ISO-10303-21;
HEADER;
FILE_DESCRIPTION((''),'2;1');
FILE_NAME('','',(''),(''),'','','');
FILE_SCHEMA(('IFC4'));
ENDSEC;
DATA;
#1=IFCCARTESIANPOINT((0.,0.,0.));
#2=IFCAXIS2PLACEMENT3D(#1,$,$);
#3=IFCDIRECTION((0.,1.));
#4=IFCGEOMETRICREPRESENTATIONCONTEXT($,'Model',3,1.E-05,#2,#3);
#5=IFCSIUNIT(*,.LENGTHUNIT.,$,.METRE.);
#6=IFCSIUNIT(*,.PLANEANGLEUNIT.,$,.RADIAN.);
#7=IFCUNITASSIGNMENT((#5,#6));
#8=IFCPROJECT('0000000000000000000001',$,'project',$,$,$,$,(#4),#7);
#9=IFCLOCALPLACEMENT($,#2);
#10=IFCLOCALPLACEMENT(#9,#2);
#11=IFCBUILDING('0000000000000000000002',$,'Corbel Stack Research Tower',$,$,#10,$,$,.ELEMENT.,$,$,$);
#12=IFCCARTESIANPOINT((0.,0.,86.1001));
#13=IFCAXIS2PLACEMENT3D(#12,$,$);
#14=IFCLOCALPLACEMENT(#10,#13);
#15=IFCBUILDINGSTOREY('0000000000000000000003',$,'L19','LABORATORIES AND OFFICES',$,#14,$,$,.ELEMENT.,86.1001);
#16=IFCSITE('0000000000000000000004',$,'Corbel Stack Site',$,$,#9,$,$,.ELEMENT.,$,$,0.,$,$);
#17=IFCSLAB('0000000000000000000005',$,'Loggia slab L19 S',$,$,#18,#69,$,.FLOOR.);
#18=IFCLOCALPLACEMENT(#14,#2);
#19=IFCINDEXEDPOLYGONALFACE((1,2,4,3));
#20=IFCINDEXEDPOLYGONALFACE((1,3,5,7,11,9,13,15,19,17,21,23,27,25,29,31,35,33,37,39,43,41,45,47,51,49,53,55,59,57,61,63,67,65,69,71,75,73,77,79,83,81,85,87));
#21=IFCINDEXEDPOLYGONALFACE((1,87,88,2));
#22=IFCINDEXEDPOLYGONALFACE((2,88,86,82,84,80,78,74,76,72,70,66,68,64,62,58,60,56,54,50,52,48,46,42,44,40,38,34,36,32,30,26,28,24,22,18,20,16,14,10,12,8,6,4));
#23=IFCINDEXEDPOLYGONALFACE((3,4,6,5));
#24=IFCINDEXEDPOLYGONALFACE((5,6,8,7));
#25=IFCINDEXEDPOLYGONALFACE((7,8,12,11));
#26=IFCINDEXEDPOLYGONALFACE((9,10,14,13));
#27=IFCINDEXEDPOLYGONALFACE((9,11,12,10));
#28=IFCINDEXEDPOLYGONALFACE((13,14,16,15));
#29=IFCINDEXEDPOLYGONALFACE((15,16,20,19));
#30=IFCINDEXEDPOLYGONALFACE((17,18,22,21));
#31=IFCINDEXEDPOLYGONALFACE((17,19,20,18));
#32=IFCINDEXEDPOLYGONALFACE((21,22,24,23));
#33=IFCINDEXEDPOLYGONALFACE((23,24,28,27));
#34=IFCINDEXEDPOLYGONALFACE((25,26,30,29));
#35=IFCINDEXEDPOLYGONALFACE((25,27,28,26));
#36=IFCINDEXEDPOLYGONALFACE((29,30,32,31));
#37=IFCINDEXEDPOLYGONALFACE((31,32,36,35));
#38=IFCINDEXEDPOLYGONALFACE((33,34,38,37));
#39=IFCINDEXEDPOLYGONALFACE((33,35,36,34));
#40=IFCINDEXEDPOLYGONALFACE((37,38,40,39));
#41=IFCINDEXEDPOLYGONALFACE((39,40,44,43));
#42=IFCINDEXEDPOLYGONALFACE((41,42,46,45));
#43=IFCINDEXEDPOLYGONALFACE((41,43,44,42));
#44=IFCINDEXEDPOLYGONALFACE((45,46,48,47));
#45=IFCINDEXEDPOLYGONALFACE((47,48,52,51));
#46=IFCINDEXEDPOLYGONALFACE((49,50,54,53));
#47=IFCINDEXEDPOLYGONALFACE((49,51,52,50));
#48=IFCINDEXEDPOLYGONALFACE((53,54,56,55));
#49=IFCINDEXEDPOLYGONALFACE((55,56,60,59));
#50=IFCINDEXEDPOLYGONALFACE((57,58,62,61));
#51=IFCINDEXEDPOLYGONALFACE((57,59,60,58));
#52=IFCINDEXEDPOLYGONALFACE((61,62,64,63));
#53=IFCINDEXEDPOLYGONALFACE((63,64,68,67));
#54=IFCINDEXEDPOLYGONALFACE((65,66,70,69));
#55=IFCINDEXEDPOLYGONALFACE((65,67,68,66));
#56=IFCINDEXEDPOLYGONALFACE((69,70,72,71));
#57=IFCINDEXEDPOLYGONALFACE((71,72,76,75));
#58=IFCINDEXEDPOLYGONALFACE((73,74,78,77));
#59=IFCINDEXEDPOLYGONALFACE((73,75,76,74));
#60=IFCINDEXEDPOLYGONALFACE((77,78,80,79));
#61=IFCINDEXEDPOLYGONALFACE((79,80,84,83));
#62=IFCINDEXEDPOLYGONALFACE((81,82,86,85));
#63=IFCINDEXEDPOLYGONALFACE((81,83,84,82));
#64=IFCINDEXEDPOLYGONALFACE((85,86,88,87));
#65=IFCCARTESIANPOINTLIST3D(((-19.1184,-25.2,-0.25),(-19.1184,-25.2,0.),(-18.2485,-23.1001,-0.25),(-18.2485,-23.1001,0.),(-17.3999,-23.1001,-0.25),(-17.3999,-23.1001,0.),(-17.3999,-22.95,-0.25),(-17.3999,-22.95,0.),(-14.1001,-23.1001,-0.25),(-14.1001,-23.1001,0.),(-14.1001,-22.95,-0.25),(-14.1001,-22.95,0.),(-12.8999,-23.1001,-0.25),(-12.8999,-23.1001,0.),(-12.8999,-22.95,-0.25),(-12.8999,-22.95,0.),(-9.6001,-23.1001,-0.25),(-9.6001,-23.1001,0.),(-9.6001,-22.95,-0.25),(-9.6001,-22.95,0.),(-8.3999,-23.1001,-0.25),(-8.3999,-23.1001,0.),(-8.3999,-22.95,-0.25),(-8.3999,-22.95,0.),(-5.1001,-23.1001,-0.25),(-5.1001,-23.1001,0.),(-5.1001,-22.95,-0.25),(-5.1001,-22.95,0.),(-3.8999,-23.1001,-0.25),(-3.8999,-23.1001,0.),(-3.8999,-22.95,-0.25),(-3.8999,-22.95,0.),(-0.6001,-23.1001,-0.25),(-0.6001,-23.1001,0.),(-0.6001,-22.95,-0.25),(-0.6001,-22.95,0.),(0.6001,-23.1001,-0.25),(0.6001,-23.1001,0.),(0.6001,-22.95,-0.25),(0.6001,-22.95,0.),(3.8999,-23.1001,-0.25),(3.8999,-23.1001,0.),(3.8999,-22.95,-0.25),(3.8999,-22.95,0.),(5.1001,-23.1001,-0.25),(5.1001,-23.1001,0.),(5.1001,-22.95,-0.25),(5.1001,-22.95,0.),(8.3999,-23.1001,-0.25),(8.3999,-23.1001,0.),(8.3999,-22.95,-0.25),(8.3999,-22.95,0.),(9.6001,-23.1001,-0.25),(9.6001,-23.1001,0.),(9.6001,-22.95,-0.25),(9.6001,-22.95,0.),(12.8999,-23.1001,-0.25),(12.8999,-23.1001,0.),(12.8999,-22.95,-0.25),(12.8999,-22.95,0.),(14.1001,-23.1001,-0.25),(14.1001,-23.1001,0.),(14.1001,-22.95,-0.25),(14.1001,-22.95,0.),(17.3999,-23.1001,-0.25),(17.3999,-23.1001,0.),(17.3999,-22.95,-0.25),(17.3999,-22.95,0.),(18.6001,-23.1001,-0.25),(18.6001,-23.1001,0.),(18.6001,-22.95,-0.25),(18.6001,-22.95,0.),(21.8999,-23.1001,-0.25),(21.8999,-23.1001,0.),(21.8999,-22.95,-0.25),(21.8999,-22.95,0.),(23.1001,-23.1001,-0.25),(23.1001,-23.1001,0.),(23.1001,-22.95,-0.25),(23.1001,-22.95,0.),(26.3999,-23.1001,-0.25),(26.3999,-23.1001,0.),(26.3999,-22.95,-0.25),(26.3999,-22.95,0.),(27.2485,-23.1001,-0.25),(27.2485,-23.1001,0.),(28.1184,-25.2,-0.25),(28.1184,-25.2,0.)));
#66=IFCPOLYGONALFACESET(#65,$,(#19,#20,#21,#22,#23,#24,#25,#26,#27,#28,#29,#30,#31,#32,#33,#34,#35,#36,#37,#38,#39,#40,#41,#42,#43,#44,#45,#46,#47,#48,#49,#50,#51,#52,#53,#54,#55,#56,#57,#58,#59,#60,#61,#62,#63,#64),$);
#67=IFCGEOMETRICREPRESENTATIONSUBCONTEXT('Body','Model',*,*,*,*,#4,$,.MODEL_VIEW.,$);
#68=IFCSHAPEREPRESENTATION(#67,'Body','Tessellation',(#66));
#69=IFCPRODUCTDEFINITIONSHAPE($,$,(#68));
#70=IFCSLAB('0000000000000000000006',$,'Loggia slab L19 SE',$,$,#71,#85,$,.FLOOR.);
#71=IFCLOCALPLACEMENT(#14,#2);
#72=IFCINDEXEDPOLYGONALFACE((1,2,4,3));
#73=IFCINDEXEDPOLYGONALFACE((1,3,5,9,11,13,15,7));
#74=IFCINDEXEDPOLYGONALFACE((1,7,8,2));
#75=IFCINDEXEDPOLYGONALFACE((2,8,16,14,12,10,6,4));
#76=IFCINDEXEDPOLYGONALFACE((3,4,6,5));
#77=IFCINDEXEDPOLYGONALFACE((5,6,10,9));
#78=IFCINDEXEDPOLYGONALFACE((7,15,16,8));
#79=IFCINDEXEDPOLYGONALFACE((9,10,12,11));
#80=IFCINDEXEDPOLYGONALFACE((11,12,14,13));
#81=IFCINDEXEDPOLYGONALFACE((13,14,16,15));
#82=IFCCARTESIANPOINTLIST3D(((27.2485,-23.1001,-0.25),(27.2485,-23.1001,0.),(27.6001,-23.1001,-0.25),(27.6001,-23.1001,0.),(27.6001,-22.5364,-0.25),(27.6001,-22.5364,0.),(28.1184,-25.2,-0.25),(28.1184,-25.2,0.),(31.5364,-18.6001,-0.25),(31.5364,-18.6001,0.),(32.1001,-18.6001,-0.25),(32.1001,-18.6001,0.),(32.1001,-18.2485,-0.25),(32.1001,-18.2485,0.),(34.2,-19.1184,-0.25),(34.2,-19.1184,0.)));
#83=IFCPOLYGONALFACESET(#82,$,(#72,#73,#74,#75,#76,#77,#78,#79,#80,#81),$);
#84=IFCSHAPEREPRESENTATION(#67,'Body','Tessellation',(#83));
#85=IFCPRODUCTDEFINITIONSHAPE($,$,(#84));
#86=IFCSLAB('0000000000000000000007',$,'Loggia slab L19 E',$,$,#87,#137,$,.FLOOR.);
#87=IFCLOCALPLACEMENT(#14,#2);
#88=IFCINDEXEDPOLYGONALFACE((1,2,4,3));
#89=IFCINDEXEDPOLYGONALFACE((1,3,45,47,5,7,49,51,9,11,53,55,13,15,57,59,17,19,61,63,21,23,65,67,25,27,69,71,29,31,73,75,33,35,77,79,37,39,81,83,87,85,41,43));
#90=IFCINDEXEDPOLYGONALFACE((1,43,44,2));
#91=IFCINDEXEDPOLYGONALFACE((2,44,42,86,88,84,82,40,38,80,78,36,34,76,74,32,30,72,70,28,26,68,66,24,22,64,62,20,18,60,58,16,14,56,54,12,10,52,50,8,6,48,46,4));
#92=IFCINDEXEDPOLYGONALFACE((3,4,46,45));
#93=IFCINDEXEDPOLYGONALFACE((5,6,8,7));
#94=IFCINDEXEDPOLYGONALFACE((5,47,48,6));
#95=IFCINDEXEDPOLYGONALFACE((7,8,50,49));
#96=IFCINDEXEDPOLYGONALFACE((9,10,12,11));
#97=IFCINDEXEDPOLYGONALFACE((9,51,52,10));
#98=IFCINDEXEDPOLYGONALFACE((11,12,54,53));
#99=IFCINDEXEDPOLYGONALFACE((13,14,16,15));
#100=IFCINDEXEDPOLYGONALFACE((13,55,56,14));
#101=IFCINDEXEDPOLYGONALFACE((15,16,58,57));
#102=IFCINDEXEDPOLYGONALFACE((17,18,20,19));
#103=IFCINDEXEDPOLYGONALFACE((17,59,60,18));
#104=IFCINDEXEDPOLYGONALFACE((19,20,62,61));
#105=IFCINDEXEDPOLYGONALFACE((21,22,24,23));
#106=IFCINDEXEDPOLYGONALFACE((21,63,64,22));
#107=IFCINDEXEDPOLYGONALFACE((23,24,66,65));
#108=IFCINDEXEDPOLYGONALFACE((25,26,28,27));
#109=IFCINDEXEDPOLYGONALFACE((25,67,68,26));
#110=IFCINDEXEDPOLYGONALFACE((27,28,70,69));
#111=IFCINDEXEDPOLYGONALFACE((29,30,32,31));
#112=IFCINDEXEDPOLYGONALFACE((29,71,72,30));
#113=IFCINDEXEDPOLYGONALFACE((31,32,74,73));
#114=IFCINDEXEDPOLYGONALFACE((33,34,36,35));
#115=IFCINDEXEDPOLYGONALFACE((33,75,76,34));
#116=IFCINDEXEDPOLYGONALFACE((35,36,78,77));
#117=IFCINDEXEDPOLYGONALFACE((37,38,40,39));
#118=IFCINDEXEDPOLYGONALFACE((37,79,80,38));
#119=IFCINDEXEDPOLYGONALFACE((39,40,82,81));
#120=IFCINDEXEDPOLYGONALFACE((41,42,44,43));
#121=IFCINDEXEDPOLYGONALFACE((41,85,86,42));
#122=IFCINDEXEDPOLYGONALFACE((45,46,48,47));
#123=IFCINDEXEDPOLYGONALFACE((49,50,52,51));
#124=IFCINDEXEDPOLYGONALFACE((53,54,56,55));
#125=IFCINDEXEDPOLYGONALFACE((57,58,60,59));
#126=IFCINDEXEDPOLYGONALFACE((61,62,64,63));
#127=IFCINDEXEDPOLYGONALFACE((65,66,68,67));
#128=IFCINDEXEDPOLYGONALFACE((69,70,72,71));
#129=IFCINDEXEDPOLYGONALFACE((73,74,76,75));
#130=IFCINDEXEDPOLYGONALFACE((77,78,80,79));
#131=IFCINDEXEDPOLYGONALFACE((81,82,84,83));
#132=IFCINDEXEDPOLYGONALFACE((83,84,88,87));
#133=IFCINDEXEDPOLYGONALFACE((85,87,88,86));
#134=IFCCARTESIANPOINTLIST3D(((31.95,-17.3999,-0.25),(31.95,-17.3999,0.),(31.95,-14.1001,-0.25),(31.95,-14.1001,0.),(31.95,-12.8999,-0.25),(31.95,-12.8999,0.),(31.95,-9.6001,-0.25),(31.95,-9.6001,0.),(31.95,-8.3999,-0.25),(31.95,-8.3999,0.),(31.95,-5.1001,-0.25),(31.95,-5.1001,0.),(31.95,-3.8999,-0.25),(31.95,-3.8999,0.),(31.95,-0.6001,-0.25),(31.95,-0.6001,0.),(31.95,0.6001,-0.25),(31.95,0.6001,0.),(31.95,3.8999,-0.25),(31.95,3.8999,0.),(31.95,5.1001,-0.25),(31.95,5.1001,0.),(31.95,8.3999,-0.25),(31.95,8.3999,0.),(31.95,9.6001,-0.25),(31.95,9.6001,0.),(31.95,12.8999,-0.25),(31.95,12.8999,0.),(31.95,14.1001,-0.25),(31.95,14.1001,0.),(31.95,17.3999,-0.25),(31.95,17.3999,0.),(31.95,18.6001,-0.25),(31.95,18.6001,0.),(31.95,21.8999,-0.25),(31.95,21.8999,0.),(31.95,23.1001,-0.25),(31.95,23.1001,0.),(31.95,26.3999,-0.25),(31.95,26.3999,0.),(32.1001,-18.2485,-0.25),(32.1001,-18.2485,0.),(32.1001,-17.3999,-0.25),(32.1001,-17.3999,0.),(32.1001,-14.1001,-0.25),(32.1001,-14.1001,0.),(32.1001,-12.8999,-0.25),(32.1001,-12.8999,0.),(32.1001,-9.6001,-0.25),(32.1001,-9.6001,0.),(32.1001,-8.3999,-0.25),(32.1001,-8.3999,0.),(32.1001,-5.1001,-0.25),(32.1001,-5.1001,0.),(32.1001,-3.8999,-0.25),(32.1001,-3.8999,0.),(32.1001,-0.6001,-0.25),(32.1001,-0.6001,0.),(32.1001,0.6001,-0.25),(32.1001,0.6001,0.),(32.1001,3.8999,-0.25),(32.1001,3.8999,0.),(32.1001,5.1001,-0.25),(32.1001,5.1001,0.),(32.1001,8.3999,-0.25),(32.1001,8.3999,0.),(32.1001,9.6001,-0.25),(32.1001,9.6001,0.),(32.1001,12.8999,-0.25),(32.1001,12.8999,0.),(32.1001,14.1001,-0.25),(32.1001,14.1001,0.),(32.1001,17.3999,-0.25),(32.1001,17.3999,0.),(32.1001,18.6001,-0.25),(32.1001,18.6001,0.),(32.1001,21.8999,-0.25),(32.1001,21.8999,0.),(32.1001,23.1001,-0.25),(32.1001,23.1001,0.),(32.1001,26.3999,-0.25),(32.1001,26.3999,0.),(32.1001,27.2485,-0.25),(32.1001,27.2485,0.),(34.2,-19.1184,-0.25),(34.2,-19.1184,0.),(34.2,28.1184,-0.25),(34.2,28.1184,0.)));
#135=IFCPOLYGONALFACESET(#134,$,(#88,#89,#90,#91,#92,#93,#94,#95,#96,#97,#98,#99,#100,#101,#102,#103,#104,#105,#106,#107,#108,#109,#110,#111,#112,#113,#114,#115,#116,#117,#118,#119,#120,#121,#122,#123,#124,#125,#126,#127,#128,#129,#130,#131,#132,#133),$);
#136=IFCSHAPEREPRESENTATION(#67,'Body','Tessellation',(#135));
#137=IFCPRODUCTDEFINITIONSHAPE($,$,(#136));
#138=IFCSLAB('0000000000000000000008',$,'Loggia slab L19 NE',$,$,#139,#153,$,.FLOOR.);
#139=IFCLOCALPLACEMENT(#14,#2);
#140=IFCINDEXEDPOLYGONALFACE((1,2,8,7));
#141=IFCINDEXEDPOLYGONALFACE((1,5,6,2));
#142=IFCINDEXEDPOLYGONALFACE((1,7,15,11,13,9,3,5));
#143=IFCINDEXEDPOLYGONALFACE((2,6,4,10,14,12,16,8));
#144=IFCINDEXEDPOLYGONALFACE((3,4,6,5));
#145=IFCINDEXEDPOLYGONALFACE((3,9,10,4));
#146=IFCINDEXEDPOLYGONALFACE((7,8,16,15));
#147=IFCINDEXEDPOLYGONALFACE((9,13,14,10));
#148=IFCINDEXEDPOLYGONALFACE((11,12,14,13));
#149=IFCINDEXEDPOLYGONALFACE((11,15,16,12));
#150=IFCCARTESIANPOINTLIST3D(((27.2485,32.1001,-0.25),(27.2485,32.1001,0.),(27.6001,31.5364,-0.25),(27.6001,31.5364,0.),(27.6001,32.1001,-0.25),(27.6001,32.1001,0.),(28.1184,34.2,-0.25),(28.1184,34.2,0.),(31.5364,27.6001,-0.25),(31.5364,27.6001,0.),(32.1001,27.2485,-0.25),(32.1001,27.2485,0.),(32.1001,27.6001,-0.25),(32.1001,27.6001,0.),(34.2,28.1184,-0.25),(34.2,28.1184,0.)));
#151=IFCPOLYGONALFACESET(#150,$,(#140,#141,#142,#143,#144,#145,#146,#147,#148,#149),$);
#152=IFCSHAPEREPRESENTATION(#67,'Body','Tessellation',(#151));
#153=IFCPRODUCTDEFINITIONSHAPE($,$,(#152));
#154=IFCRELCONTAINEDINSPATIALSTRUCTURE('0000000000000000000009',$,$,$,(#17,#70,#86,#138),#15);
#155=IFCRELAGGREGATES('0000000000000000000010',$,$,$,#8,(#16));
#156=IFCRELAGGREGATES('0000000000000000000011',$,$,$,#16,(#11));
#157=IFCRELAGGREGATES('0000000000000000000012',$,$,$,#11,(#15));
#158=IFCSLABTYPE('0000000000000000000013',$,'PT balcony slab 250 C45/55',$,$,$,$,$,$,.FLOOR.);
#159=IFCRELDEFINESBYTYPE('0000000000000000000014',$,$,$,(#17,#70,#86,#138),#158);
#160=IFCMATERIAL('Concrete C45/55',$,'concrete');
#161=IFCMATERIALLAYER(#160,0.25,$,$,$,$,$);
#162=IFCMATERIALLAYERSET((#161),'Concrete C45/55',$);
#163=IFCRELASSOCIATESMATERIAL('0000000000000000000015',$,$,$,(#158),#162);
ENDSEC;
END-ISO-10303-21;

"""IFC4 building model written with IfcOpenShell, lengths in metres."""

from ifc_helpers import new_model, si_unit, direction, frame, origin, place, context, subcontext, project, spatial, polyline, outline, extrude, material, layer, layer_set, type_object, element, save


model = new_model("IFC4")

# Units and contexts
model_context = context("Model", 3, precision=1e-05, world=origin(), true_north=direction((0.0, 1.0)))
body_context = subcontext(model_context, "Body", "Model", "MODEL_VIEW")
ifc_project = project(units=[si_unit("LENGTHUNIT", "METRE"), si_unit("PLANEANGLEUNIT", "RADIAN")], contexts=[model_context])

# Site, building, storey
site_placement = place(None, origin())
site = spatial("IfcSite", under=ifc_project, at=site_placement, Name="Corbel Stack Site", CompositionType="ELEMENT", RefElevation=0.0)
building_placement = place(site_placement, origin())
building = spatial("IfcBuilding", under=site, at=building_placement, Name="Corbel Stack Research Tower", CompositionType="ELEMENT")
storey_placement = place(building_placement, frame((0.0, 0.0, 86.1001)))
storey = spatial("IfcBuildingStorey", under=building, at=storey_placement, Name="L19", Description="LABORATORIES AND OFFICES", CompositionType="ELEMENT", Elevation=86.1001)

# Slabs
ifc_material_1 = material(Name="Concrete C45/55", Category="concrete")
ifc_layer_1 = layer(ifc_material_1, 0.25)
ifc_layer_set_1 = layer_set([ifc_layer_1], Name="Concrete C45/55")
slab_type_1 = type_object("IfcSlabType", Name="PT balcony slab 250 C45/55", PredefinedType="FLOOR", material=ifc_layer_set_1)
slab_1_placement = place(storey_placement, frame((0.0, 0.0, -0.25)))
element("IfcSlab", 1, at=slab_1_placement, inside=storey, type_object=slab_type_1, Name="Loggia slab L19 S", PredefinedType="FLOOR", context=body_context, shape_type="SweptSolid", body=[
    extrude(outline(polyline([(27.2485, -23.1001), (26.3999, -23.1001), (26.3999, -22.95), (23.1001, -22.95), (23.1001, -23.1001), (21.8999, -23.1001), (21.8999, -22.95), (18.6001, -22.95), (18.6001, -23.1001), (17.3999, -23.1001), (17.3999, -22.95), (14.1001, -22.95), (14.1001, -23.1001), (12.8999, -23.1001), (12.8999, -22.95), (9.6001, -22.95), (9.6001, -23.1001), (8.3999, -23.1001), (8.3999, -22.95), (5.1001, -22.95), (5.1001, -23.1001), (3.8999, -23.1001), (3.8999, -22.95), (0.6001, -22.95), (0.6001, -23.1001), (-0.6001, -23.1001), (-0.6001, -22.95), (-3.8999, -22.95), (-3.8999, -23.1001), (-5.1001, -23.1001), (-5.1001, -22.95), (-8.3999, -22.95), (-8.3999, -23.1001), (-9.6001, -23.1001), (-9.6001, -22.95), (-12.8999, -22.95), (-12.8999, -23.1001), (-14.1001, -23.1001), (-14.1001, -22.95), (-17.3999, -22.95), (-17.3999, -23.1001), (-18.2485, -23.1001), (-19.1184, -25.2), (28.1184, -25.2), (27.2485, -23.1001)])), origin(), (0.0, 0.0, 1.0), 0.25),
])
slab_2_placement = place(storey_placement, frame((0.0, 0.0, -0.25)))
element("IfcSlab", 2, at=slab_2_placement, inside=storey, type_object=slab_type_1, Name="Loggia slab L19 SE", PredefinedType="FLOOR", context=body_context, shape_type="SweptSolid", body=[
    extrude(outline(polyline([(32.1001, -18.2485), (32.1001, -18.6001), (31.5364, -18.6001), (27.6001, -22.5364), (27.6001, -23.1001), (27.2485, -23.1001), (28.1184, -25.2), (34.2, -19.1184), (32.1001, -18.2485)])), origin(), (0.0, 0.0, 1.0), 0.25),
])
slab_3_placement = place(storey_placement, frame((0.0, 0.0, -0.25)))
element("IfcSlab", 3, at=slab_3_placement, inside=storey, type_object=slab_type_1, Name="Loggia slab L19 E", PredefinedType="FLOOR", context=body_context, shape_type="SweptSolid", body=[
    extrude(outline(polyline([(32.1001, 27.2485), (32.1001, 26.3999), (31.95, 26.3999), (31.95, 23.1001), (32.1001, 23.1001), (32.1001, 21.8999), (31.95, 21.8999), (31.95, 18.6001), (32.1001, 18.6001), (32.1001, 17.3999), (31.95, 17.3999), (31.95, 14.1001), (32.1001, 14.1001), (32.1001, 12.8999), (31.95, 12.8999), (31.95, 9.6001), (32.1001, 9.6001), (32.1001, 8.3999), (31.95, 8.3999), (31.95, 5.1001), (32.1001, 5.1001), (32.1001, 3.8999), (31.95, 3.8999), (31.95, 0.6001), (32.1001, 0.6001), (32.1001, -0.6001), (31.95, -0.6001), (31.95, -3.8999), (32.1001, -3.8999), (32.1001, -5.1001), (31.95, -5.1001), (31.95, -8.3999), (32.1001, -8.3999), (32.1001, -9.6001), (31.95, -9.6001), (31.95, -12.8999), (32.1001, -12.8999), (32.1001, -14.1001), (31.95, -14.1001), (31.95, -17.3999), (32.1001, -17.3999), (32.1001, -18.2485), (34.2, -19.1184), (34.2, 28.1184), (32.1001, 27.2485)])), origin(), (0.0, 0.0, 1.0), 0.25),
])
slab_4_placement = place(storey_placement, frame((0.0, 0.0, -0.25)))
element("IfcSlab", 4, at=slab_4_placement, inside=storey, type_object=slab_type_1, Name="Loggia slab L19 NE", PredefinedType="FLOOR", context=body_context, shape_type="SweptSolid", body=[
    extrude(outline(polyline([(27.2485, 32.1001), (27.6001, 32.1001), (27.6001, 31.5364), (31.5364, 27.6001), (32.1001, 27.6001), (32.1001, 27.2485), (34.2, 28.1184), (28.1184, 34.2), (27.2485, 32.1001)])), origin(), (0.0, 0.0, 1.0), 0.25),
])

save(model, "model.ifc")
